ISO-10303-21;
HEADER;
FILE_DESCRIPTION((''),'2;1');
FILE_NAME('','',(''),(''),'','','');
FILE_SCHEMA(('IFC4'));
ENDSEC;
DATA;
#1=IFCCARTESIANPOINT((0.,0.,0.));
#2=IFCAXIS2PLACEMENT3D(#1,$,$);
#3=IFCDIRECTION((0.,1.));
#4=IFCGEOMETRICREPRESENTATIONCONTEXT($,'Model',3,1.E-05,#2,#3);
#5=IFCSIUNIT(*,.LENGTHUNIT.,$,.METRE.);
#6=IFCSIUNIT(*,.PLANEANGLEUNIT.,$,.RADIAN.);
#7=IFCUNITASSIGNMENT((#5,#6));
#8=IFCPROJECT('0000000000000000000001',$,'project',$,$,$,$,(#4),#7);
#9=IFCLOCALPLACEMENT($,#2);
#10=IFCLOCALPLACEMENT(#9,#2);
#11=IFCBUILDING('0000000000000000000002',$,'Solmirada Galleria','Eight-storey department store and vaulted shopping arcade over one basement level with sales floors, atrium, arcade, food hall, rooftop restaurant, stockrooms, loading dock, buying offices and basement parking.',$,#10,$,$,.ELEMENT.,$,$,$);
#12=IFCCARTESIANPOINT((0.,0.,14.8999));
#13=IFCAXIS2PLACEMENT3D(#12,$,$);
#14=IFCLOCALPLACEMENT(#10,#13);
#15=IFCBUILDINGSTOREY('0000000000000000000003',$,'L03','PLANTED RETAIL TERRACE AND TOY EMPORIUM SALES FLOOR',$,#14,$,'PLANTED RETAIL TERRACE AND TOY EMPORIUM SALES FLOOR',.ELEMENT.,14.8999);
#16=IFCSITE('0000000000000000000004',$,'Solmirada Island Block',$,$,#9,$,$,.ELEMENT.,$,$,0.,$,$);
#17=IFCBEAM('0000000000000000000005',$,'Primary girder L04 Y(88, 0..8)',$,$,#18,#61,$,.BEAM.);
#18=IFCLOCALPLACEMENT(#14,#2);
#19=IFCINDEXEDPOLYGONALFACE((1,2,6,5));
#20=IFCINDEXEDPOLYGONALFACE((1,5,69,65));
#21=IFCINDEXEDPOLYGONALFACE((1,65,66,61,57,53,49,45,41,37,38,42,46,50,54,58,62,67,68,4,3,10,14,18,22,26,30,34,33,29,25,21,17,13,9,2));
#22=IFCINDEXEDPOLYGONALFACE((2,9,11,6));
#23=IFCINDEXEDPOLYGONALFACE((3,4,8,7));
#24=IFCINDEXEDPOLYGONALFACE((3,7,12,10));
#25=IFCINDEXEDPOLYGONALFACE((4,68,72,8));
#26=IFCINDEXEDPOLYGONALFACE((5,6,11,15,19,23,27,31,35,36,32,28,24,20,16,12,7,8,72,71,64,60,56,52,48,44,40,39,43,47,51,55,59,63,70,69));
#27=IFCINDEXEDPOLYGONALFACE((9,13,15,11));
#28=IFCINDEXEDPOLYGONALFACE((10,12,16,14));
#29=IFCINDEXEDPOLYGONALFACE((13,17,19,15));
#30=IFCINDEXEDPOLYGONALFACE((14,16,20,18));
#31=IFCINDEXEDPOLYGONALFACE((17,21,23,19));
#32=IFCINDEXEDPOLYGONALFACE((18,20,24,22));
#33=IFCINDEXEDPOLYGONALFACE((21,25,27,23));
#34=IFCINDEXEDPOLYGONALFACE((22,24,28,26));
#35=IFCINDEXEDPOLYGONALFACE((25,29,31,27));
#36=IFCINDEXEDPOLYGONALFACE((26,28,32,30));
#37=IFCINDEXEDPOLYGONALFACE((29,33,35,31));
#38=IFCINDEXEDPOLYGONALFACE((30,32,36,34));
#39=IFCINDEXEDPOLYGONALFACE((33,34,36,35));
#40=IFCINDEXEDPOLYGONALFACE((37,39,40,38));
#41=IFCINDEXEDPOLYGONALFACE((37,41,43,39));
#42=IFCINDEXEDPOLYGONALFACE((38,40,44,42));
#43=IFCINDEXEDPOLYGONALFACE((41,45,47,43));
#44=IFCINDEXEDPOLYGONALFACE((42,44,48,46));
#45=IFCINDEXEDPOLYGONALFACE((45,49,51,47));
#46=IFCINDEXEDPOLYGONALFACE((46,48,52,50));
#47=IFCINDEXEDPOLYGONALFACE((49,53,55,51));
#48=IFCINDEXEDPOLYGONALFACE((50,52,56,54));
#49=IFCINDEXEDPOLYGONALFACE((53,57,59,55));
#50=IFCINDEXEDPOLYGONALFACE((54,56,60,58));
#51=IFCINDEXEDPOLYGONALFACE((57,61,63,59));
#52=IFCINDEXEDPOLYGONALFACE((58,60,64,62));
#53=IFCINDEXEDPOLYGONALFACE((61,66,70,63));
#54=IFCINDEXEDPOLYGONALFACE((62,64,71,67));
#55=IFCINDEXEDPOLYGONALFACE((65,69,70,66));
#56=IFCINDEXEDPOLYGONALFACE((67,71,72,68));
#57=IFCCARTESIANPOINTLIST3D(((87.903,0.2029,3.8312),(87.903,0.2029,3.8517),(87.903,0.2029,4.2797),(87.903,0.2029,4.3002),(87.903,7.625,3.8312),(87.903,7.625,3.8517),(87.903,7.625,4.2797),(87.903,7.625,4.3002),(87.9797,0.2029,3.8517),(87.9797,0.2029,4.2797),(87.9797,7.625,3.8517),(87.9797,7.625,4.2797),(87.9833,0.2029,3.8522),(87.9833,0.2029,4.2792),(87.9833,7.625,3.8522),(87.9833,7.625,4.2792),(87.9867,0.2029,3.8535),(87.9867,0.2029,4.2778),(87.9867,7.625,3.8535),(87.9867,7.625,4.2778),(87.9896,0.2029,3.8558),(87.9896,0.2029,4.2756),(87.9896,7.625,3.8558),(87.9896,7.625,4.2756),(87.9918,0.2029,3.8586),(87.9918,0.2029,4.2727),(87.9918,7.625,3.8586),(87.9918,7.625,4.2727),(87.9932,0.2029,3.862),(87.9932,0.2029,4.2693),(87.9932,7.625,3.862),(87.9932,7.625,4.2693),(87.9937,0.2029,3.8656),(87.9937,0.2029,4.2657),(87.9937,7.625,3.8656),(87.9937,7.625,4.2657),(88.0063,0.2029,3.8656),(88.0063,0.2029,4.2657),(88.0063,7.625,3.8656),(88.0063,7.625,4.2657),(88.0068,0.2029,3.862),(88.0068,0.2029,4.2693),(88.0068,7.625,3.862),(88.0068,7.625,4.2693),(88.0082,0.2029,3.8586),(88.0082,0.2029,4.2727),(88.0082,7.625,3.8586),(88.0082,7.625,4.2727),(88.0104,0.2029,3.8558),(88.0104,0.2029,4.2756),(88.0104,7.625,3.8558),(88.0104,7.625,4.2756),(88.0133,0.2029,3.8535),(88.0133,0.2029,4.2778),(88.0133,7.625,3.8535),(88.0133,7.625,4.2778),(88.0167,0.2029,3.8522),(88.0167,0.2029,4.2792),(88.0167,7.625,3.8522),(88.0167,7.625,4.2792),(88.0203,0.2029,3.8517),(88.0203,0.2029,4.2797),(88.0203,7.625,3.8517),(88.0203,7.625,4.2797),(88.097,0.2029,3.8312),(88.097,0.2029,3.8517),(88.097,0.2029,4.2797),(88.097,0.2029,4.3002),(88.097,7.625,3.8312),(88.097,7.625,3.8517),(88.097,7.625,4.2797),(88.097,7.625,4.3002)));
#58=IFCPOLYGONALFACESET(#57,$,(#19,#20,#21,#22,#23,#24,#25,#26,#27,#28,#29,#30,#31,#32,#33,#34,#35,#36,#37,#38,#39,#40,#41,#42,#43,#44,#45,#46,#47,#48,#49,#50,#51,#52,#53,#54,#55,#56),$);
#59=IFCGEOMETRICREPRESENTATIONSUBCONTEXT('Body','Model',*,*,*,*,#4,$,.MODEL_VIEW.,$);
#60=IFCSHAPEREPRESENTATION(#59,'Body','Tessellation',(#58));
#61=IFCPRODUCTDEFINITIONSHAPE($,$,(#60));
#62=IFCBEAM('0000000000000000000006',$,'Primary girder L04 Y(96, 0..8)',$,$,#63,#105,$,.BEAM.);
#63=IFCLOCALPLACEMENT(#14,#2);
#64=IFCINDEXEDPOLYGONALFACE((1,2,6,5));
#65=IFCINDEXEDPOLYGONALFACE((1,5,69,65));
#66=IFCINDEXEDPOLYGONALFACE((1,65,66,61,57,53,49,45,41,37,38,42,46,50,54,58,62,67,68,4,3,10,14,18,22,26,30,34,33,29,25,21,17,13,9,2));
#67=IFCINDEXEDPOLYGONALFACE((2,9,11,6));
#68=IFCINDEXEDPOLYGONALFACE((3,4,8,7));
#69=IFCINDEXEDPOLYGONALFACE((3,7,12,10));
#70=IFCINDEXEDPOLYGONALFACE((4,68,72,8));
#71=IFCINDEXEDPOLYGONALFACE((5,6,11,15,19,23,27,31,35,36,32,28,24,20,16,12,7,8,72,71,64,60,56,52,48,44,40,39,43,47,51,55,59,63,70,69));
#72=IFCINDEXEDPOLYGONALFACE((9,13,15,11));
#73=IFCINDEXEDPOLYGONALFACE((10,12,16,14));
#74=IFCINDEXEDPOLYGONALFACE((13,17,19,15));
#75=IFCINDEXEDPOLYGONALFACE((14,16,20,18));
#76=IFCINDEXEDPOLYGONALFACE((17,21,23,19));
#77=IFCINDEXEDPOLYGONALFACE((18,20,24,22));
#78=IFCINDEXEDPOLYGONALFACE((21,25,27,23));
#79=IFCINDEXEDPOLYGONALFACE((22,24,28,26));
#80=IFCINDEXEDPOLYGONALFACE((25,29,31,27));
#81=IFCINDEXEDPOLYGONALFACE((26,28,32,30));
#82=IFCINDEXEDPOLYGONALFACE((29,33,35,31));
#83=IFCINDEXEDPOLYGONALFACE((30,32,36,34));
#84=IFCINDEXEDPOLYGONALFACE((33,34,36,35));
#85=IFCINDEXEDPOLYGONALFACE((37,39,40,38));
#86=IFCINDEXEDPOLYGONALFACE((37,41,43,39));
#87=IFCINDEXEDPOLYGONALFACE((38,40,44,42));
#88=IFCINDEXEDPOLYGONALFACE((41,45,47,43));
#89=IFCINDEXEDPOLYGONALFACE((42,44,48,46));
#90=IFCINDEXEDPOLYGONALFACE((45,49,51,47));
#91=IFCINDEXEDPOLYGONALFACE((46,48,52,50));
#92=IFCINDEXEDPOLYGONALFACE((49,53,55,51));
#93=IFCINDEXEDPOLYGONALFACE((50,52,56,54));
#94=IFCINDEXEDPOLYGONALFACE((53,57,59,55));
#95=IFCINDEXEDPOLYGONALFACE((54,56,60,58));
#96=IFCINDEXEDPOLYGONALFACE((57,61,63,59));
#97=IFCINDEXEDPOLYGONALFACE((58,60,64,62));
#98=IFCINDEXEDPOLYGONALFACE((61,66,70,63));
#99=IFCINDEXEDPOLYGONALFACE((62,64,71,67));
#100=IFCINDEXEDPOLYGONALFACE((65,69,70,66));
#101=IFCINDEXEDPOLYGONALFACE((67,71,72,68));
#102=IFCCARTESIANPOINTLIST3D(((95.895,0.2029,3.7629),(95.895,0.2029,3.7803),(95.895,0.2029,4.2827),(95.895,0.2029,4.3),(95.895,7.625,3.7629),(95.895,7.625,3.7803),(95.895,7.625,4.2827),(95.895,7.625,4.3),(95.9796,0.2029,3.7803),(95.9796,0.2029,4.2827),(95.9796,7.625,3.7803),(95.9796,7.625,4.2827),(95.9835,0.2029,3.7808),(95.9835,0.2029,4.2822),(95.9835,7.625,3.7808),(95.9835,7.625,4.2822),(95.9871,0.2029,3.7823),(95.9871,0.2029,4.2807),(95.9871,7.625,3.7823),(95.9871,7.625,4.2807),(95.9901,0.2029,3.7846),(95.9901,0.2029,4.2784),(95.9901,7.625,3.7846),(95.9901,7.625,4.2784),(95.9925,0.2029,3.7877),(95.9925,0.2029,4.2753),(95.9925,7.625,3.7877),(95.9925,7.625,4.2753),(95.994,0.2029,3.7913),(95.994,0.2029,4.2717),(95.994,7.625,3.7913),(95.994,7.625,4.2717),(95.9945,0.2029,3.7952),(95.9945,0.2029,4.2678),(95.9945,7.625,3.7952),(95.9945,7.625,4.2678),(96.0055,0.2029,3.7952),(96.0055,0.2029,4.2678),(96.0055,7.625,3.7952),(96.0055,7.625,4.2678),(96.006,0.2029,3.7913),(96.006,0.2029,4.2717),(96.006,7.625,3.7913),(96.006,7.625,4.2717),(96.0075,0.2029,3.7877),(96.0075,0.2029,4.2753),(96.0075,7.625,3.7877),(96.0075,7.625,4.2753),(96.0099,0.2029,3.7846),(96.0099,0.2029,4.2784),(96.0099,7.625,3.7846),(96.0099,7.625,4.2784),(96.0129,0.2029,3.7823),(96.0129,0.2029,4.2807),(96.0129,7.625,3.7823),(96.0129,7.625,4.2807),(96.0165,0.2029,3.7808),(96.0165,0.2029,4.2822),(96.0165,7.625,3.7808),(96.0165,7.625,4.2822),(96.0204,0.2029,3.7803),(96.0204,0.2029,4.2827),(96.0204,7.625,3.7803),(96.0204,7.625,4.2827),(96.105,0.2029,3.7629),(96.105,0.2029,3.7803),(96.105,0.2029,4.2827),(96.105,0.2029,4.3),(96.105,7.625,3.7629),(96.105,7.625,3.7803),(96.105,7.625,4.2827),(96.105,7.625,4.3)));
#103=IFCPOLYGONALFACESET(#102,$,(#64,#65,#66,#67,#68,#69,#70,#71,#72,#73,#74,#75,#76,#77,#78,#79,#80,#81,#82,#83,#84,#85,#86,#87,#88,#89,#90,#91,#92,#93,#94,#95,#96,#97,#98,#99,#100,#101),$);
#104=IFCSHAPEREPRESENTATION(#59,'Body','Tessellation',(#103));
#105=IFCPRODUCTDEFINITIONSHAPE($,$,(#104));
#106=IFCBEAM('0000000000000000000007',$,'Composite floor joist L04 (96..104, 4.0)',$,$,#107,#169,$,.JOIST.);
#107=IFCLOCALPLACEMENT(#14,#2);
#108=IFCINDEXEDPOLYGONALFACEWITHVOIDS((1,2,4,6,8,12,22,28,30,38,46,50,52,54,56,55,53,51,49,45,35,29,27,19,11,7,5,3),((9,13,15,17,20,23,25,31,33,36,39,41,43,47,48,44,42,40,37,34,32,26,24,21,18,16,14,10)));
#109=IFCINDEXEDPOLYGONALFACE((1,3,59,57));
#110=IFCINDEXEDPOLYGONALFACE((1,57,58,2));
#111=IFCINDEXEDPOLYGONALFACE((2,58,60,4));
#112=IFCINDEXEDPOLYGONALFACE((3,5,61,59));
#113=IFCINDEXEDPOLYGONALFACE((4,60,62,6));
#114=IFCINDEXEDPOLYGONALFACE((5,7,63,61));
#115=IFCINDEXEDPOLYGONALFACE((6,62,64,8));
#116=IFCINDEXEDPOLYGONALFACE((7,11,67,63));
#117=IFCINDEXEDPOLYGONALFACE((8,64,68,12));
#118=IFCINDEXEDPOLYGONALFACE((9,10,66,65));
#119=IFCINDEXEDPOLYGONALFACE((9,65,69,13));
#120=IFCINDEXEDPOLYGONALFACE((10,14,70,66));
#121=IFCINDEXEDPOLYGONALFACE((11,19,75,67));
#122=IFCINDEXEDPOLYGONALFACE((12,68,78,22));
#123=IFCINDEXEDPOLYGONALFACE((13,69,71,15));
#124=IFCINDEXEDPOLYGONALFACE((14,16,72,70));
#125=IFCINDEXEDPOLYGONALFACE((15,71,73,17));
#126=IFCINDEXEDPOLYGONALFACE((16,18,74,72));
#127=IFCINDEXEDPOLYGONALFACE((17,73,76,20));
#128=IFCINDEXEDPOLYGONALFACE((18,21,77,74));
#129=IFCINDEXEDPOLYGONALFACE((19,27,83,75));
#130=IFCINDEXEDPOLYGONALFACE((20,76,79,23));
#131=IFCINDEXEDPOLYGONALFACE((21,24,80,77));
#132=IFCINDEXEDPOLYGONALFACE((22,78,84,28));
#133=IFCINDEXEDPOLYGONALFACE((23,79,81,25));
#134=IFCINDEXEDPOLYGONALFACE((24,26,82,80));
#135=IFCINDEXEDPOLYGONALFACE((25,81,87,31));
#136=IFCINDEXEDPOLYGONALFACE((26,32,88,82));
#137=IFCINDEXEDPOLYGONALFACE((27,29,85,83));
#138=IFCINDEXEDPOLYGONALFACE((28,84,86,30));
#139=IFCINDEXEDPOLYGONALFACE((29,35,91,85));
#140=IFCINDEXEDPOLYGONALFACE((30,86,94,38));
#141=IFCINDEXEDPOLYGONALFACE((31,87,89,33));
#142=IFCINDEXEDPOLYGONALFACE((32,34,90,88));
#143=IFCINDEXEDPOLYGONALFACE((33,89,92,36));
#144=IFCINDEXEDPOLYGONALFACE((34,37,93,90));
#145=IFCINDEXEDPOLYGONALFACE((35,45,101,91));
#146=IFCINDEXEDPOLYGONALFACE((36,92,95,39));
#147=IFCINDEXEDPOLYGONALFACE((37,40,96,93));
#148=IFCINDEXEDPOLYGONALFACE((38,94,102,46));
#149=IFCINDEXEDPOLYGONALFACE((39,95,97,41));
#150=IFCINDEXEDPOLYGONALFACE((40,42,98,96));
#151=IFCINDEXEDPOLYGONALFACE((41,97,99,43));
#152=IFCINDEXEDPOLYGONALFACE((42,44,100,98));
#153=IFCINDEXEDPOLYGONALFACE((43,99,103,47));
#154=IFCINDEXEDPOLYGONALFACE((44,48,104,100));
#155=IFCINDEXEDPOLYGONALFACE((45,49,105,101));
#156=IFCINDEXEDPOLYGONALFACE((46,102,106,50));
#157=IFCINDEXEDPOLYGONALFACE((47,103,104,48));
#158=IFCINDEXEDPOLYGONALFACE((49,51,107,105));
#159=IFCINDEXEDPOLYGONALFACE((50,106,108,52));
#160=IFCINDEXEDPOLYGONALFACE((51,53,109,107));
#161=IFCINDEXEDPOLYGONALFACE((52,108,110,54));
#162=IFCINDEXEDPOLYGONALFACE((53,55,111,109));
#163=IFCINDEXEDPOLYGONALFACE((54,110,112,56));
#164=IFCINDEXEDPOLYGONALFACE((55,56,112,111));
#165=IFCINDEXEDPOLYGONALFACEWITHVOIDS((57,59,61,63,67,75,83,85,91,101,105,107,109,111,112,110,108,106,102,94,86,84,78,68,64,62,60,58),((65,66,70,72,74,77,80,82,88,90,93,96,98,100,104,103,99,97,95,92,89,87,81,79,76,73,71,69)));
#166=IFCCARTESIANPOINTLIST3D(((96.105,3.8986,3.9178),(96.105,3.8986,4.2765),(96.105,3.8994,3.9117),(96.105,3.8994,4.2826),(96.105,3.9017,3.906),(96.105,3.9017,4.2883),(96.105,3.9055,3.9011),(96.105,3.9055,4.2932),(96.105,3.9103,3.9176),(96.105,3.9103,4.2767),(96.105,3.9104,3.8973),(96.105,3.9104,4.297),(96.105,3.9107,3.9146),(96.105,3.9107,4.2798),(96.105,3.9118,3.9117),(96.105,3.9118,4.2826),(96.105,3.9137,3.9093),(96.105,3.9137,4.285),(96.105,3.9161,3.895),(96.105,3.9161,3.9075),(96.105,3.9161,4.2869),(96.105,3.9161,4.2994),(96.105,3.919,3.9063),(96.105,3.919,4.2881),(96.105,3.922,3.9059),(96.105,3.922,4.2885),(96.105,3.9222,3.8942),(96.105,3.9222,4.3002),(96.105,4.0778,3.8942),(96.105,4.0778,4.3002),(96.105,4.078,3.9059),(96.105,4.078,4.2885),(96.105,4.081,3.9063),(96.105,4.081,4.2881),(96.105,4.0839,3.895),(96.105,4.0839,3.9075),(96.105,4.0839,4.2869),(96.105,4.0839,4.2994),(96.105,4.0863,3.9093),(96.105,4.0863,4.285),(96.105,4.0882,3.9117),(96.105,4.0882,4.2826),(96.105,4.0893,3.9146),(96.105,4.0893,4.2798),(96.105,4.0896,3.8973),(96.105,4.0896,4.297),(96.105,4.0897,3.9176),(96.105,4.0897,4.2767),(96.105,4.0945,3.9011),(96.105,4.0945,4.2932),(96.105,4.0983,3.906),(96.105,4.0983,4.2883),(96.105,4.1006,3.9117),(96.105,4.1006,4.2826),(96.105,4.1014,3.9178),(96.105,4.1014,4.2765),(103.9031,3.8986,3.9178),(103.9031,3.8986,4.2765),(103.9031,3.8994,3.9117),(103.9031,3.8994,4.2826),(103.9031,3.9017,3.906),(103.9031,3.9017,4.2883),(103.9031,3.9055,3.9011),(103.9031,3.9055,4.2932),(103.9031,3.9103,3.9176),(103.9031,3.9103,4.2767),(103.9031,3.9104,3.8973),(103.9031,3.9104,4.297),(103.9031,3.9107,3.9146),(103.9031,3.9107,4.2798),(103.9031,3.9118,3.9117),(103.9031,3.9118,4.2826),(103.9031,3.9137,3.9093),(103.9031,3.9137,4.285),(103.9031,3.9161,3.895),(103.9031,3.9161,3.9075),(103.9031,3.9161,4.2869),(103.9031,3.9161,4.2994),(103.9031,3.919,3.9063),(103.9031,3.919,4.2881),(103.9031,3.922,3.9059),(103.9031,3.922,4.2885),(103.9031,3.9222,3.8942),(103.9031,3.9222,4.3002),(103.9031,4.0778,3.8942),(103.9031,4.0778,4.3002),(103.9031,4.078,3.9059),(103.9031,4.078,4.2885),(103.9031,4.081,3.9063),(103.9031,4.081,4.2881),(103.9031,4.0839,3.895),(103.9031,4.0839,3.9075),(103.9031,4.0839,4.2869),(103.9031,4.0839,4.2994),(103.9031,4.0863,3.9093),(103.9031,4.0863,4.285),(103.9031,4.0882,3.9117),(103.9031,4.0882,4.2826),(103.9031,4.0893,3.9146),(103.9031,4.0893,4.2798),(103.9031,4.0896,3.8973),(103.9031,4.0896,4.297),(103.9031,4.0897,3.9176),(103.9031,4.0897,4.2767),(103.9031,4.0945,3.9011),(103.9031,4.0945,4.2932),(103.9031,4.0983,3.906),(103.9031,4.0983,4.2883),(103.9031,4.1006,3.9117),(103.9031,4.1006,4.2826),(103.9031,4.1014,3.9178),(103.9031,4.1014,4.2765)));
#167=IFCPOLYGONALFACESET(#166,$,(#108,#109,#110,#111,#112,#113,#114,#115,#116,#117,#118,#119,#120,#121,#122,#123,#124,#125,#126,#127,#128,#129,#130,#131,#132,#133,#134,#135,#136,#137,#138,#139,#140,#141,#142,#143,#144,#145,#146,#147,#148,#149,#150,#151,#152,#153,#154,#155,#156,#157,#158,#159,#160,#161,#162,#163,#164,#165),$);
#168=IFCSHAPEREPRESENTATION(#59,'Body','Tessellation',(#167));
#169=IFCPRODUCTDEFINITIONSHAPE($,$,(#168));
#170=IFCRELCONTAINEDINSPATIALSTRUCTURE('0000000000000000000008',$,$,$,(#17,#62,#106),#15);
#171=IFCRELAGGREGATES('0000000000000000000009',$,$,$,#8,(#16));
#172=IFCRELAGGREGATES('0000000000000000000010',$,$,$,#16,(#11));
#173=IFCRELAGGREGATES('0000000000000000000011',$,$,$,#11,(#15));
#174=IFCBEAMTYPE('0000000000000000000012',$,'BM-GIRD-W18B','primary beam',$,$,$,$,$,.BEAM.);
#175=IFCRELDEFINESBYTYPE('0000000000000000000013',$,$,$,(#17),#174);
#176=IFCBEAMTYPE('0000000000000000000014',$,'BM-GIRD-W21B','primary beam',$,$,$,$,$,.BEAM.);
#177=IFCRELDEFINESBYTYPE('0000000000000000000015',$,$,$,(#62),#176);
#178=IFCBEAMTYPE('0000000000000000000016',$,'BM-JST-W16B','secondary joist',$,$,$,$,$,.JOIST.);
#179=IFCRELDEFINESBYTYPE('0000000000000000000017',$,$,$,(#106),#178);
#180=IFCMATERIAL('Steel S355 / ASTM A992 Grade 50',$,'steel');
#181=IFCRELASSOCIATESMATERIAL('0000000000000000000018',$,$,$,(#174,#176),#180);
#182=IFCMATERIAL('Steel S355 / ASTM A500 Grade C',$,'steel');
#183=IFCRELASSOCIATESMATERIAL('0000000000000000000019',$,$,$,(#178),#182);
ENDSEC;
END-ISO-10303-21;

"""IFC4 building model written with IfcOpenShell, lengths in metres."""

from ifc_helpers import new_model, si_unit, direction, frame, origin, origin_2d, place, context, subcontext, project, spatial, hollow_rectangle, i_section, extrude, material, material_profile, profile_set, type_object, element, save


model = new_model("IFC4")

# Units and contexts
model_context = context("Model", 3, precision=1e-05, world=origin(), true_north=direction((0.0, 1.0)))
body_context = subcontext(model_context, "Body", "Model", "MODEL_VIEW")
ifc_project = project(units=[si_unit("LENGTHUNIT", "METRE"), si_unit("PLANEANGLEUNIT", "RADIAN")], contexts=[model_context])

# Site, building, storey
site_placement = place(None, origin())
site = spatial("IfcSite", under=ifc_project, at=site_placement, Name="Solmirada Island Block", CompositionType="ELEMENT", RefElevation=0.0)
building_placement = place(site_placement, origin())
building = spatial("IfcBuilding", under=site, at=building_placement, Name="Solmirada Galleria", Description="Eight-storey department store and vaulted shopping arcade over one basement level with sales floors, atrium, arcade, food hall, rooftop restaurant, stockrooms, loading dock, buying offices and basement parking.", CompositionType="ELEMENT")
storey_placement = place(building_placement, frame((0.0, 0.0, 14.8999)))
storey = spatial("IfcBuildingStorey", under=building, at=storey_placement, Name="L03", Description="PLANTED RETAIL TERRACE AND TOY EMPORIUM SALES FLOOR", LongName="PLANTED RETAIL TERRACE AND TOY EMPORIUM SALES FLOOR", CompositionType="ELEMENT", Elevation=14.8999)

# Shared definitions
ifc_material_1 = material(Name="Steel S355 / ASTM A500 Grade C", Category="steel")

# Beams
ifc_material_2 = material(Name="Steel S355 / ASTM A992 Grade 50", Category="steel")
ifc_material_profile_1 = material_profile(ifc_material_2, i_section(OverallWidth=0.1941, OverallDepth=0.469, WebThickness=0.0127, FlangeThickness=0.0205, FilletRadius=0.0139, at=origin_2d()), Name="W18X71")
ifc_profile_set_1 = profile_set([ifc_material_profile_1], Name="Steel S355 / ASTM A992 Grade 50")
beam_type_1 = type_object("IfcBeamType", Name="BM-GIRD-W18B", Description="primary beam", PredefinedType="BEAM", material=ifc_profile_set_1)
beam_1_placement = place(storey_placement, frame((88.0, 0.2029, 4.0657), z_axis=(0.0, 1.0, 0.0), x_axis=(-1.0, 0.0, 0.0)))
element("IfcBeam", 1, at=beam_1_placement, inside=storey, type_object=beam_type_1, Name="Primary girder L04 Y(88, 0..8)", PredefinedType="BEAM", context=body_context, shape_type="SweptSolid", body=[
    extrude(i_section(OverallWidth=0.1941, OverallDepth=0.469, WebThickness=0.0127, FlangeThickness=0.0205, FilletRadius=0.0139, at=origin_2d()), origin(), (0.0, 0.0, 1.0), 7.4221),
])
ifc_material_profile_2 = material_profile(ifc_material_2, i_section(OverallWidth=0.21, OverallDepth=0.5371, WebThickness=0.011, FlangeThickness=0.0173, FilletRadius=0.0149, at=origin_2d()), Name="W21X68")
ifc_profile_set_2 = profile_set([ifc_material_profile_2], Name="Steel S355 / ASTM A992 Grade 50")
beam_type_2 = type_object("IfcBeamType", Name="BM-GIRD-W21B", Description="primary beam", PredefinedType="BEAM", material=ifc_profile_set_2)
beam_2_placement = place(storey_placement, frame((96.0, 0.2029, 4.0315), z_axis=(0.0, 1.0, 0.0), x_axis=(-1.0, 0.0, 0.0)))
element("IfcBeam", 2, at=beam_2_placement, inside=storey, type_object=beam_type_2, Name="Primary girder L04 Y(96, 0..8)", PredefinedType="BEAM", context=body_context, shape_type="SweptSolid", body=[
    extrude(i_section(OverallWidth=0.21, OverallDepth=0.5371, WebThickness=0.011, FlangeThickness=0.0173, FilletRadius=0.0149, at=origin_2d()), origin(), (0.0, 0.0, 1.0), 7.4221),
])
ifc_material_profile_3 = material_profile(ifc_material_1, hollow_rectangle(XDim=0.2029, YDim=0.406, WallThickness=0.0117, InnerFilletRadius=0.0117, OuterFilletRadius=0.0237, at=origin_2d()), Name="HSS16X8X1/2")
ifc_profile_set_3 = profile_set([ifc_material_profile_3], Name="Steel S355 / ASTM A500 Grade C")
beam_type_3 = type_object("IfcBeamType", Name="BM-JST-W16B", Description="secondary joist", PredefinedType="JOIST", material=ifc_profile_set_3)
beam_3_placement = place(storey_placement, frame((96.105, 4.0, 4.0972), z_axis=(1.0, 0.0, 0.0), x_axis=(0.0, 1.0, 0.0)))
element("IfcBeam", 3, at=beam_3_placement, inside=storey, type_object=beam_type_3, Name="Composite floor joist L04 (96..104, 4.0)", PredefinedType="JOIST", context=body_context, shape_type="SweptSolid", body=[
    extrude(hollow_rectangle(XDim=0.2029, YDim=0.406, WallThickness=0.0117, InnerFilletRadius=0.0117, OuterFilletRadius=0.0237, at=origin_2d()), origin(), (0.0, 0.0, 1.0), 7.7981),
])

save(model, "model.ifc")
